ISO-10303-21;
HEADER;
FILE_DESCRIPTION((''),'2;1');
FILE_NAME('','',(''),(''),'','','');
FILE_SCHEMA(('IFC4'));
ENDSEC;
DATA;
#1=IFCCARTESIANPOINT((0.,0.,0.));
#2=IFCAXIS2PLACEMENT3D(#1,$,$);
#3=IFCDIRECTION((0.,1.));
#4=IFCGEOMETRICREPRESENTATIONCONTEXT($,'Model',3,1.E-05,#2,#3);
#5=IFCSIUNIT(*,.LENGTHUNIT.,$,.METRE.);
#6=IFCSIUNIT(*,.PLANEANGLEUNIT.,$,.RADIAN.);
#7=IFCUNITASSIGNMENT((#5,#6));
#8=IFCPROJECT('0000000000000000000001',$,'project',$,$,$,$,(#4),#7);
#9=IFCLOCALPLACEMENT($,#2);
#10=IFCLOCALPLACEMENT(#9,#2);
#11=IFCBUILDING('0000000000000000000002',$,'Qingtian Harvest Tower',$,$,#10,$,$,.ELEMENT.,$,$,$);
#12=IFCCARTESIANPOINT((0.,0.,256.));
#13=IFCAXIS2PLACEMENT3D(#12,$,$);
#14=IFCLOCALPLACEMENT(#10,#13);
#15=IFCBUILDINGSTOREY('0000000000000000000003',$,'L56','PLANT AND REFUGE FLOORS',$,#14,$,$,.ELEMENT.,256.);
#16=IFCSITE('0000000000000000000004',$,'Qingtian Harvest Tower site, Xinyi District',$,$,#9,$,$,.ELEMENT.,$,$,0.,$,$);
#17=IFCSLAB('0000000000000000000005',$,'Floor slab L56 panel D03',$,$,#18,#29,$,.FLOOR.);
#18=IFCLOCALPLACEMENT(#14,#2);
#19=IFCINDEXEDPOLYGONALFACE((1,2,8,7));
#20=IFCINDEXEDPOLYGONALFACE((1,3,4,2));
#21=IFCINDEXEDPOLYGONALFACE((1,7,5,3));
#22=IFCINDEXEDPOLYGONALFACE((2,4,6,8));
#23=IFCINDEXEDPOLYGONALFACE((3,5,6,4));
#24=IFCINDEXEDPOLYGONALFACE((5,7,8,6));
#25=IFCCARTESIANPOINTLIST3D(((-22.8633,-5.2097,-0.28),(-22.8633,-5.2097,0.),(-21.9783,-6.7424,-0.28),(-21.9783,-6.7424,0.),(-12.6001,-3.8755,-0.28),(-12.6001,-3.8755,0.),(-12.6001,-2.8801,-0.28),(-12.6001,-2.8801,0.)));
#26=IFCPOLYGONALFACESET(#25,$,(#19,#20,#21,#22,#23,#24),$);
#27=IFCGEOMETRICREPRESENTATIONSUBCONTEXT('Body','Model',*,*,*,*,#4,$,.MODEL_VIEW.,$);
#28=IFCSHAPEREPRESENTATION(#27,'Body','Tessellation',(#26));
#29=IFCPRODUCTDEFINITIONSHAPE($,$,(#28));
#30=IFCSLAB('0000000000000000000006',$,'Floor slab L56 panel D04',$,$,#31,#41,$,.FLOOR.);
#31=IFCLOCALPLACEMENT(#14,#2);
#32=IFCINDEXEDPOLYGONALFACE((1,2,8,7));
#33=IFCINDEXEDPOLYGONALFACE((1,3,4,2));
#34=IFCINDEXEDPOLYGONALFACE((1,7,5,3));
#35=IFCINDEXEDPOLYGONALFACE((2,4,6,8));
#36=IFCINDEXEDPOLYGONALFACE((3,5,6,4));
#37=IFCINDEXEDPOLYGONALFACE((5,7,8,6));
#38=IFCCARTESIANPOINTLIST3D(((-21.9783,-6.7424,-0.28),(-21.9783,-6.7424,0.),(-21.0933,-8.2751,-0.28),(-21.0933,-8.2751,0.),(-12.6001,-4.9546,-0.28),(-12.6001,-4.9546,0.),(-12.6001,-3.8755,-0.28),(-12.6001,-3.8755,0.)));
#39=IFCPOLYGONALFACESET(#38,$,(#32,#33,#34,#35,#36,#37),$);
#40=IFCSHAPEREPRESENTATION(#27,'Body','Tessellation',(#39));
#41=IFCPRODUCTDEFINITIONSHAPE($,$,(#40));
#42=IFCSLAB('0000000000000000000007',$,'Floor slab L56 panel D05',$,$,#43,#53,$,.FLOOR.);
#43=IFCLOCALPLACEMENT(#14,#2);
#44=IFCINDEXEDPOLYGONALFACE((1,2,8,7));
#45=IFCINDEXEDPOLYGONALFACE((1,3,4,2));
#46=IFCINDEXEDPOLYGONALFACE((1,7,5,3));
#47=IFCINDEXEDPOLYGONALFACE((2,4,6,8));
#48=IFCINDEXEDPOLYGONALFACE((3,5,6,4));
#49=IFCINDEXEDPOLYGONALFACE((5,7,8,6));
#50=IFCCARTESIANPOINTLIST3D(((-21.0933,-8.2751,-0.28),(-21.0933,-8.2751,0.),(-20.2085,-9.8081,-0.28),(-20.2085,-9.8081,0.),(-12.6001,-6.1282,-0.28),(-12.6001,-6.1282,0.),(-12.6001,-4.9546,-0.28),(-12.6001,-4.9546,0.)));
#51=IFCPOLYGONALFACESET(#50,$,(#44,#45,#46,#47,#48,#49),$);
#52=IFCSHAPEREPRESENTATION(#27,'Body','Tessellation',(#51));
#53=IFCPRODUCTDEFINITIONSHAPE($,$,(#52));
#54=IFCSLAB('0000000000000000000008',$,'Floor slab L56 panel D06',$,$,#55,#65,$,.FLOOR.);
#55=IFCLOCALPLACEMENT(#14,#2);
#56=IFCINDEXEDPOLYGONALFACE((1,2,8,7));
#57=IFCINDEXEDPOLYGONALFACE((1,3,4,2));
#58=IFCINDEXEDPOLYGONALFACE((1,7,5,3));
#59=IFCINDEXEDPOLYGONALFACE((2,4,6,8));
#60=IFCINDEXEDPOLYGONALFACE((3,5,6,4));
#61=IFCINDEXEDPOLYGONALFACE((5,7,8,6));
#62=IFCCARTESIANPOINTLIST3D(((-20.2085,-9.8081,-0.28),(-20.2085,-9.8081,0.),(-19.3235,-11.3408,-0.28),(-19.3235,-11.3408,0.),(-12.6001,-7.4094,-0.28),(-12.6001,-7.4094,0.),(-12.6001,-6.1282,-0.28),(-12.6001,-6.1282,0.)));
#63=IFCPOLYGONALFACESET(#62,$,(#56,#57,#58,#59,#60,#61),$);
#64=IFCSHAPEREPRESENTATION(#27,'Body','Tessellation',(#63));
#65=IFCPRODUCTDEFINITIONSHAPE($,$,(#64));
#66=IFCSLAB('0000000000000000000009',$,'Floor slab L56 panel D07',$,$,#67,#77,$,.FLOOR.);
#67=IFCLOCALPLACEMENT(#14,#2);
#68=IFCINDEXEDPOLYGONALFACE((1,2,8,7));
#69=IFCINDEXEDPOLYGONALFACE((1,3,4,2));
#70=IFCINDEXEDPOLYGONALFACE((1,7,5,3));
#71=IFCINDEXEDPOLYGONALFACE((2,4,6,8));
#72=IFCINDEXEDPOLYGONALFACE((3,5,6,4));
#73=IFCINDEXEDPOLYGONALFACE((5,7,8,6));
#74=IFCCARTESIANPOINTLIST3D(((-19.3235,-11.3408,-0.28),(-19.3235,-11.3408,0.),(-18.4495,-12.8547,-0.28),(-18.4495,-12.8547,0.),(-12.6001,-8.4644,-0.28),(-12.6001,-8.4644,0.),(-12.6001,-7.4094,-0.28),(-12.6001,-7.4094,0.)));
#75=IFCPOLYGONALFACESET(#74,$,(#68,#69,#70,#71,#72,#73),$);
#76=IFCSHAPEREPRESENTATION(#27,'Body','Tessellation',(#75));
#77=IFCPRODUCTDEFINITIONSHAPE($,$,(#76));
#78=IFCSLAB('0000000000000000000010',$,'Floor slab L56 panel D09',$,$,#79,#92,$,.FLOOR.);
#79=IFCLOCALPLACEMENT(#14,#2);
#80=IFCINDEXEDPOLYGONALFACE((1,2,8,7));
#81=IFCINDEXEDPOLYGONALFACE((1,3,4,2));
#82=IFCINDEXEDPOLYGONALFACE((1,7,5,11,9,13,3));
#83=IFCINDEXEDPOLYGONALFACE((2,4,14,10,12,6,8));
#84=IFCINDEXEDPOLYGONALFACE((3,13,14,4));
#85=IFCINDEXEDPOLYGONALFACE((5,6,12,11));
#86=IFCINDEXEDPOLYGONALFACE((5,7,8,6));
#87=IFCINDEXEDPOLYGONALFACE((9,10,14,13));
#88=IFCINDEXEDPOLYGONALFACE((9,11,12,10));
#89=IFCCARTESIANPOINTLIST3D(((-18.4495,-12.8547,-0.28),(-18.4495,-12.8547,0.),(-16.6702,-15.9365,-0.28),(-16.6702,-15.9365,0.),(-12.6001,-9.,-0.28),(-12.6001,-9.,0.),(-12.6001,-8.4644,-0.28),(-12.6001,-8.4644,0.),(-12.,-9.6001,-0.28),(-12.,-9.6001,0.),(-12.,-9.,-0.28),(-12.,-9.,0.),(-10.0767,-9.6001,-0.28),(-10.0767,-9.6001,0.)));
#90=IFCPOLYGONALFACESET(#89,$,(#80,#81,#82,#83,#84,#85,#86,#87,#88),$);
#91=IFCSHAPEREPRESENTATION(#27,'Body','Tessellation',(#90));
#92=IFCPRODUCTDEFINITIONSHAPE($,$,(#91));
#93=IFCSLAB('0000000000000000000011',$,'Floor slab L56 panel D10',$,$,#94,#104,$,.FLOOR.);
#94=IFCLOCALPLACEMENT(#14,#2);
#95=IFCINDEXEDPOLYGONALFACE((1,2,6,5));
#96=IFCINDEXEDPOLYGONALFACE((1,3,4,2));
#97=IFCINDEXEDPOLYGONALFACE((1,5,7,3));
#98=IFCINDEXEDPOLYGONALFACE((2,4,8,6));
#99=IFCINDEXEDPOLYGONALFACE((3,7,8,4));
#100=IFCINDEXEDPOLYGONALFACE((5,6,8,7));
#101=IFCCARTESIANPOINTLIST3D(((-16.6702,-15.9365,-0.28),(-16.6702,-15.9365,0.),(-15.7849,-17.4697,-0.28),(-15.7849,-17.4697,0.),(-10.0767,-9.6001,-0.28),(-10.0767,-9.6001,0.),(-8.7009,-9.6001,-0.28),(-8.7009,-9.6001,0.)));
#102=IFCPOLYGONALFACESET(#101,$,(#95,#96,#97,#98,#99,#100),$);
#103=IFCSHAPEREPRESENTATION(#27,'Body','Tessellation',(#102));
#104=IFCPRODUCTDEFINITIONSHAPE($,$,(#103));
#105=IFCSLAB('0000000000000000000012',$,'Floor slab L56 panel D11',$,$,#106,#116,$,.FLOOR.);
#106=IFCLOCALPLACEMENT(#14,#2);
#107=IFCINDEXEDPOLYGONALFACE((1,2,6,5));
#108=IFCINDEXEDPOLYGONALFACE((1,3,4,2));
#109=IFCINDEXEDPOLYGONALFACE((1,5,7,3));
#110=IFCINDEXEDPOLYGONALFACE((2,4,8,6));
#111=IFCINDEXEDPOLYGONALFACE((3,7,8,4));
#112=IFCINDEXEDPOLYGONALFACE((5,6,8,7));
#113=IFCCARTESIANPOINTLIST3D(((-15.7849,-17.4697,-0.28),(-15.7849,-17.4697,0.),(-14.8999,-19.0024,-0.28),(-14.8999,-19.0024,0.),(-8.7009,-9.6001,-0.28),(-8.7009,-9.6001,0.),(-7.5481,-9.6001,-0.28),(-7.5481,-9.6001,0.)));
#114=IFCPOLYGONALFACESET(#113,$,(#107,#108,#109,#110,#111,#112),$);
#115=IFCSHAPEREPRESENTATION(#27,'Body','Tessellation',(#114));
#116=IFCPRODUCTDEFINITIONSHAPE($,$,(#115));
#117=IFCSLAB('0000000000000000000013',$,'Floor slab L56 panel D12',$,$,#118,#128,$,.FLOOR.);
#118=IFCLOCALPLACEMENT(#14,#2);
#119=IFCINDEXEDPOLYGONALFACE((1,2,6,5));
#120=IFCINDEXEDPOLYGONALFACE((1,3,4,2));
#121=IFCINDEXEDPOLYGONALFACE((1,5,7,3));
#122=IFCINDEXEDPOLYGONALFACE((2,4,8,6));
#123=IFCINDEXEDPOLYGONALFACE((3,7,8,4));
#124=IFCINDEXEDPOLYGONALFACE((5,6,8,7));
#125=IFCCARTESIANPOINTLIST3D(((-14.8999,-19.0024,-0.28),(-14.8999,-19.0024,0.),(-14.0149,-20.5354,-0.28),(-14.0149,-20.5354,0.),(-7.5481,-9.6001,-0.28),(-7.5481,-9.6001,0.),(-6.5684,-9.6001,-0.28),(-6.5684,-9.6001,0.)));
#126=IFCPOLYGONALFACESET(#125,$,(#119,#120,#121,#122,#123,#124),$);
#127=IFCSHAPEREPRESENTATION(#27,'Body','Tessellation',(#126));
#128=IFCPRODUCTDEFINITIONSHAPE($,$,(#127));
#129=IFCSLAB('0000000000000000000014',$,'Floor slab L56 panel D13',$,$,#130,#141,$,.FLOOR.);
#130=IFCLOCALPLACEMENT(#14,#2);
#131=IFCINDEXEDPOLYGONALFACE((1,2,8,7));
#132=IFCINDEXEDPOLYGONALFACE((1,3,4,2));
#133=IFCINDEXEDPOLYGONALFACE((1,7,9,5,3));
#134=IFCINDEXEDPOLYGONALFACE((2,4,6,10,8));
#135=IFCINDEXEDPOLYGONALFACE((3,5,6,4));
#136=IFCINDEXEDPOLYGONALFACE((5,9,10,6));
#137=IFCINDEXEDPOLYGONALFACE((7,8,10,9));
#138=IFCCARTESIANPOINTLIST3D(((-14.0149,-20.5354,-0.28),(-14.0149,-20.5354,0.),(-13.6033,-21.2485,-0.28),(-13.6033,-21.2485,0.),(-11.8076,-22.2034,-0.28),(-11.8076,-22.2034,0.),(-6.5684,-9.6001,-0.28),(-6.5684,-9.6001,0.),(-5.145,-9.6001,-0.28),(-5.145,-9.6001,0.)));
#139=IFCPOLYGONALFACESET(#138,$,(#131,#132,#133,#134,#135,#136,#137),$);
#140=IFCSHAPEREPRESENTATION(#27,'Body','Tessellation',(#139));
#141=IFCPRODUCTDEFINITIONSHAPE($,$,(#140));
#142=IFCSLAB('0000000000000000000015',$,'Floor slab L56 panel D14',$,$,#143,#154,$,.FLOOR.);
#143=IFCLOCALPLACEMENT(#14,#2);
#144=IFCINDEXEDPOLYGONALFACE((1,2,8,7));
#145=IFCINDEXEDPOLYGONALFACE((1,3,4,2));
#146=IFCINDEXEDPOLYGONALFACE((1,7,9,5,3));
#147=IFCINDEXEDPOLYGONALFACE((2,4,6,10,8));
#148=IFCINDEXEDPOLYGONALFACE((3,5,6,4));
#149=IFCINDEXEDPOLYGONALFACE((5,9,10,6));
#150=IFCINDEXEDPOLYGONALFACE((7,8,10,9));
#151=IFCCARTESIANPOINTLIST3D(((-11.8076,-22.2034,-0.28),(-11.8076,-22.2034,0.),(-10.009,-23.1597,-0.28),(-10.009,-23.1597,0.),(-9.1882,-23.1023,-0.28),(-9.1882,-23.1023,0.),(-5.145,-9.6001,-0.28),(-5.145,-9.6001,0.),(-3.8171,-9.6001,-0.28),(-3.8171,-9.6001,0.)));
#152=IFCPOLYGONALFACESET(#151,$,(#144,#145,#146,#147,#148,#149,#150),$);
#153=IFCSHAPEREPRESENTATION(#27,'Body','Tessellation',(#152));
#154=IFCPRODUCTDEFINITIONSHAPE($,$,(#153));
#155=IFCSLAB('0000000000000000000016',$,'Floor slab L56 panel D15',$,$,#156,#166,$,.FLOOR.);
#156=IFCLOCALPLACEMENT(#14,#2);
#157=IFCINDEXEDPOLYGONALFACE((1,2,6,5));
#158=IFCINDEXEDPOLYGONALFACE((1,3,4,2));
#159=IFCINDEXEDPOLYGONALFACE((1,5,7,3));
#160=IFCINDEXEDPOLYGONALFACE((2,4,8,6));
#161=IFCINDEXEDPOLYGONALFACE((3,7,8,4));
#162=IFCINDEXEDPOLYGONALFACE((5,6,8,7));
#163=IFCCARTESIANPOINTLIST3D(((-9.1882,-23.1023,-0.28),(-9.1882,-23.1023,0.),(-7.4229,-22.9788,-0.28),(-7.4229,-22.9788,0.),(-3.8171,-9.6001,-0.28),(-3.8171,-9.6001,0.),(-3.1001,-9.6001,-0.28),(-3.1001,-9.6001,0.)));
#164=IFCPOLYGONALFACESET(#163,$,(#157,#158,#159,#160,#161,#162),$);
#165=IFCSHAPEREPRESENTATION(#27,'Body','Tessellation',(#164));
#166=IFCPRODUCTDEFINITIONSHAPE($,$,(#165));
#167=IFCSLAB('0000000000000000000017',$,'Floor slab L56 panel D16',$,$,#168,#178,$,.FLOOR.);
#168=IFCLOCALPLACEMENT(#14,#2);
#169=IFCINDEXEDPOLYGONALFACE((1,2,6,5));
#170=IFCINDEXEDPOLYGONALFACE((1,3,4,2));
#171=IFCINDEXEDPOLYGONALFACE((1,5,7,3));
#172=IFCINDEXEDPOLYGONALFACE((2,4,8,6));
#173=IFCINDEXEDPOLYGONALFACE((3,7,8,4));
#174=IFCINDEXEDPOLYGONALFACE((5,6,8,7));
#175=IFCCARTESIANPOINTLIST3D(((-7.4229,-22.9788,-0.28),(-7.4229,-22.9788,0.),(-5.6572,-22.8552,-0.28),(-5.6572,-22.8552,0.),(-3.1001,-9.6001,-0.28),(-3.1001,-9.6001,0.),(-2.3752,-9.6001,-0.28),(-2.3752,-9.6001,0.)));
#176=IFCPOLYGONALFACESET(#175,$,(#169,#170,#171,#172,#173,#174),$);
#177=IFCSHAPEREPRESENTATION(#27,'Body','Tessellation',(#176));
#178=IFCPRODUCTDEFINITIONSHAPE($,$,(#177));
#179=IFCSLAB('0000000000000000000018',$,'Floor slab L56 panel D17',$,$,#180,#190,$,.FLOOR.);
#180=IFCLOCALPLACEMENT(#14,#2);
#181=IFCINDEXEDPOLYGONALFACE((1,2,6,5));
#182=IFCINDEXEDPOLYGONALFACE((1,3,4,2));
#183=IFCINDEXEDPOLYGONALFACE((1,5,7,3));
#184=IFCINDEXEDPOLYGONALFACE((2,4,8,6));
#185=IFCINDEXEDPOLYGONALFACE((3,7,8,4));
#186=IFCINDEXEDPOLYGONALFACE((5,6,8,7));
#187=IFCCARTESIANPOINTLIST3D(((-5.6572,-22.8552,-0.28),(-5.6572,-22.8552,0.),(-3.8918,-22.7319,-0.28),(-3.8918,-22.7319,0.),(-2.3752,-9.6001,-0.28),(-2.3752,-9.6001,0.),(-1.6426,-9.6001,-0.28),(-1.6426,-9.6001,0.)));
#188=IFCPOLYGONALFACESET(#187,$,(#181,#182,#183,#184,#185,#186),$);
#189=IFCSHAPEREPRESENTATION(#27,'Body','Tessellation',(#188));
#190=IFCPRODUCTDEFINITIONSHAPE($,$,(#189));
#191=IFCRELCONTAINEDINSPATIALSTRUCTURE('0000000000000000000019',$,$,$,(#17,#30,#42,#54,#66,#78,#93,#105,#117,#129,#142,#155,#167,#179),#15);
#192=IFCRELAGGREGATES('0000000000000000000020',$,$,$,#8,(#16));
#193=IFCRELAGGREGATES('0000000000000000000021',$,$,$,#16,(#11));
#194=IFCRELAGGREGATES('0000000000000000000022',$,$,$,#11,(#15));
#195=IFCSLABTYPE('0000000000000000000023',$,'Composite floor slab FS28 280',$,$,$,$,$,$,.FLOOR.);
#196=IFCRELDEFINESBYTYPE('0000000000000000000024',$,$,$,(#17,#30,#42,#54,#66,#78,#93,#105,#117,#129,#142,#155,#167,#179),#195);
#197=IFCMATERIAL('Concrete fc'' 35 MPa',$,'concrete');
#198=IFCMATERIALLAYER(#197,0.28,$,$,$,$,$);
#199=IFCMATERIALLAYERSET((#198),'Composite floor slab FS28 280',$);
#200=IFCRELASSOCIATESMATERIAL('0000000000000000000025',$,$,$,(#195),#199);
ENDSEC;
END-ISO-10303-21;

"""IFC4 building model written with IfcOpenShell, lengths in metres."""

from ifc_helpers import new_model, si_unit, direction, frame, origin, place, context, subcontext, project, spatial, polyline, outline, extrude, material, layer, layer_set, type_object, element, save


model = new_model("IFC4")

# Units and contexts
model_context = context("Model", 3, precision=1e-05, world=origin(), true_north=direction((0.0, 1.0)))
body_context = subcontext(model_context, "Body", "Model", "MODEL_VIEW")
ifc_project = project(units=[si_unit("LENGTHUNIT", "METRE"), si_unit("PLANEANGLEUNIT", "RADIAN")], contexts=[model_context])

# Site, building, storey
site_placement = place(None, origin())
site = spatial("IfcSite", under=ifc_project, at=site_placement, Name="Qingtian Harvest Tower site, Xinyi District", CompositionType="ELEMENT", RefElevation=0.0)
building_placement = place(site_placement, origin())
building = spatial("IfcBuilding", under=site, at=building_placement, Name="Qingtian Harvest Tower", CompositionType="ELEMENT")
storey_placement = place(building_placement, frame((0.0, 0.0, 256.0)))
storey = spatial("IfcBuildingStorey", under=building, at=storey_placement, Name="L56", Description="PLANT AND REFUGE FLOORS", CompositionType="ELEMENT", Elevation=256.0)

# Slabs
ifc_material = material(Name="Concrete fc' 35 MPa", Category="concrete")
ifc_layer = layer(ifc_material, 0.28)
ifc_layer_set = layer_set([ifc_layer], Name="Composite floor slab FS28 280")
slab_type = type_object("IfcSlabType", Name="Composite floor slab FS28 280", PredefinedType="FLOOR", material=ifc_layer_set)
slab_1_placement = place(storey_placement, frame((0.0, 0.0, -0.28)))
element("IfcSlab", 1, at=slab_1_placement, inside=storey, type_object=slab_type, Name="Floor slab L56 panel D03", PredefinedType="FLOOR", context=body_context, shape_type="SweptSolid", body=[
    extrude(outline(polyline([(-12.6001, -3.8755), (-21.9783, -6.7424), (-22.8633, -5.2097), (-12.6001, -2.8801), (-12.6001, -3.8755)])), origin(), (0.0, 0.0, 1.0), 0.28),
])
slab_2_placement = place(storey_placement, frame((0.0, 0.0, -0.28)))
element("IfcSlab", 2, at=slab_2_placement, inside=storey, type_object=slab_type, Name="Floor slab L56 panel D04", PredefinedType="FLOOR", context=body_context, shape_type="SweptSolid", body=[
    extrude(outline(polyline([(-12.6001, -4.9546), (-21.0933, -8.2751), (-21.9783, -6.7424), (-12.6001, -3.8755), (-12.6001, -4.9546)])), origin(), (0.0, 0.0, 1.0), 0.28),
])
slab_3_placement = place(storey_placement, frame((0.0, 0.0, -0.28)))
element("IfcSlab", 3, at=slab_3_placement, inside=storey, type_object=slab_type, Name="Floor slab L56 panel D05", PredefinedType="FLOOR", context=body_context, shape_type="SweptSolid", body=[
    extrude(outline(polyline([(-12.6001, -6.1282), (-20.2085, -9.8081), (-21.0933, -8.2751), (-12.6001, -4.9546), (-12.6001, -6.1282)])), origin(), (0.0, 0.0, 1.0), 0.28),
])
slab_4_placement = place(storey_placement, frame((0.0, 0.0, -0.28)))
element("IfcSlab", 4, at=slab_4_placement, inside=storey, type_object=slab_type, Name="Floor slab L56 panel D06", PredefinedType="FLOOR", context=body_context, shape_type="SweptSolid", body=[
    extrude(outline(polyline([(-12.6001, -7.4094), (-19.3235, -11.3408), (-20.2085, -9.8081), (-12.6001, -6.1282), (-12.6001, -7.4094)])), origin(), (0.0, 0.0, 1.0), 0.28),
])
slab_5_placement = place(storey_placement, frame((0.0, 0.0, -0.28)))
element("IfcSlab", 5, at=slab_5_placement, inside=storey, type_object=slab_type, Name="Floor slab L56 panel D07", PredefinedType="FLOOR", context=body_context, shape_type="SweptSolid", body=[
    extrude(outline(polyline([(-12.6001, -8.4644), (-18.4495, -12.8547), (-19.3235, -11.3408), (-12.6001, -7.4094), (-12.6001, -8.4644)])), origin(), (0.0, 0.0, 1.0), 0.28),
])
slab_6_placement = place(storey_placement, frame((0.0, 0.0, -0.28)))
element("IfcSlab", 6, at=slab_6_placement, inside=storey, type_object=slab_type, Name="Floor slab L56 panel D09", PredefinedType="FLOOR", context=body_context, shape_type="SweptSolid", body=[
    extrude(outline(polyline([(-16.6702, -15.9365), (-18.4495, -12.8547), (-12.6001, -8.4644), (-12.6001, -9.0), (-12.0, -9.0), (-12.0, -9.6001), (-10.0767, -9.6001), (-16.6702, -15.9365)])), origin(), (0.0, 0.0, 1.0), 0.28),
])
slab_7_placement = place(storey_placement, frame((0.0, 0.0, -0.28)))
element("IfcSlab", 7, at=slab_7_placement, inside=storey, type_object=slab_type, Name="Floor slab L56 panel D10", PredefinedType="FLOOR", context=body_context, shape_type="SweptSolid", body=[
    extrude(outline(polyline([(-8.7009, -9.6001), (-15.7849, -17.4697), (-16.6702, -15.9365), (-10.0767, -9.6001), (-8.7009, -9.6001)])), origin(), (0.0, 0.0, 1.0), 0.28),
])
slab_8_placement = place(storey_placement, frame((0.0, 0.0, -0.28)))
element("IfcSlab", 8, at=slab_8_placement, inside=storey, type_object=slab_type, Name="Floor slab L56 panel D11", PredefinedType="FLOOR", context=body_context, shape_type="SweptSolid", body=[
    extrude(outline(polyline([(-7.5481, -9.6001), (-14.8999, -19.0024), (-15.7849, -17.4697), (-8.7009, -9.6001), (-7.5481, -9.6001)])), origin(), (0.0, 0.0, 1.0), 0.28),
])
slab_9_placement = place(storey_placement, frame((0.0, 0.0, -0.28)))
element("IfcSlab", 9, at=slab_9_placement, inside=storey, type_object=slab_type, Name="Floor slab L56 panel D12", PredefinedType="FLOOR", context=body_context, shape_type="SweptSolid", body=[
    extrude(outline(polyline([(-6.5684, -9.6001), (-14.0149, -20.5354), (-14.8999, -19.0024), (-7.5481, -9.6001), (-6.5684, -9.6001)])), origin(), (0.0, 0.0, 1.0), 0.28),
])
slab_10_placement = place(storey_placement, frame((0.0, 0.0, -0.28)))
element("IfcSlab", 10, at=slab_10_placement, inside=storey, type_object=slab_type, Name="Floor slab L56 panel D13", PredefinedType="FLOOR", context=body_context, shape_type="SweptSolid", body=[
    extrude(outline(polyline([(-6.5684, -9.6001), (-5.145, -9.6001), (-11.8076, -22.2034), (-13.6033, -21.2485), (-14.0149, -20.5354), (-6.5684, -9.6001)])), origin(), (0.0, 0.0, 1.0), 0.28),
])
slab_11_placement = place(storey_placement, frame((0.0, 0.0, -0.28)))
element("IfcSlab", 11, at=slab_11_placement, inside=storey, type_object=slab_type, Name="Floor slab L56 panel D14", PredefinedType="FLOOR", context=body_context, shape_type="SweptSolid", body=[
    extrude(outline(polyline([(-5.145, -9.6001), (-3.8171, -9.6001), (-9.1882, -23.1023), (-10.009, -23.1597), (-11.8076, -22.2034), (-5.145, -9.6001)])), origin(), (0.0, 0.0, 1.0), 0.28),
])
slab_12_placement = place(storey_placement, frame((0.0, 0.0, -0.28)))
element("IfcSlab", 12, at=slab_12_placement, inside=storey, type_object=slab_type, Name="Floor slab L56 panel D15", PredefinedType="FLOOR", context=body_context, shape_type="SweptSolid", body=[
    extrude(outline(polyline([(-3.1001, -9.6001), (-7.4229, -22.9788), (-9.1882, -23.1023), (-3.8171, -9.6001), (-3.1001, -9.6001)])), origin(), (0.0, 0.0, 1.0), 0.28),
])
slab_13_placement = place(storey_placement, frame((0.0, 0.0, -0.28)))
element("IfcSlab", 13, at=slab_13_placement, inside=storey, type_object=slab_type, Name="Floor slab L56 panel D16", PredefinedType="FLOOR", context=body_context, shape_type="SweptSolid", body=[
    extrude(outline(polyline([(-2.3752, -9.6001), (-5.6572, -22.8552), (-7.4229, -22.9788), (-3.1001, -9.6001), (-2.3752, -9.6001)])), origin(), (0.0, 0.0, 1.0), 0.28),
])
slab_14_placement = place(storey_placement, frame((0.0, 0.0, -0.28)))
element("IfcSlab", 14, at=slab_14_placement, inside=storey, type_object=slab_type, Name="Floor slab L56 panel D17", PredefinedType="FLOOR", context=body_context, shape_type="SweptSolid", body=[
    extrude(outline(polyline([(-1.6426, -9.6001), (-3.8918, -22.7319), (-5.6572, -22.8552), (-2.3752, -9.6001), (-1.6426, -9.6001)])), origin(), (0.0, 0.0, 1.0), 0.28),
])

save(model, "model.ifc")
